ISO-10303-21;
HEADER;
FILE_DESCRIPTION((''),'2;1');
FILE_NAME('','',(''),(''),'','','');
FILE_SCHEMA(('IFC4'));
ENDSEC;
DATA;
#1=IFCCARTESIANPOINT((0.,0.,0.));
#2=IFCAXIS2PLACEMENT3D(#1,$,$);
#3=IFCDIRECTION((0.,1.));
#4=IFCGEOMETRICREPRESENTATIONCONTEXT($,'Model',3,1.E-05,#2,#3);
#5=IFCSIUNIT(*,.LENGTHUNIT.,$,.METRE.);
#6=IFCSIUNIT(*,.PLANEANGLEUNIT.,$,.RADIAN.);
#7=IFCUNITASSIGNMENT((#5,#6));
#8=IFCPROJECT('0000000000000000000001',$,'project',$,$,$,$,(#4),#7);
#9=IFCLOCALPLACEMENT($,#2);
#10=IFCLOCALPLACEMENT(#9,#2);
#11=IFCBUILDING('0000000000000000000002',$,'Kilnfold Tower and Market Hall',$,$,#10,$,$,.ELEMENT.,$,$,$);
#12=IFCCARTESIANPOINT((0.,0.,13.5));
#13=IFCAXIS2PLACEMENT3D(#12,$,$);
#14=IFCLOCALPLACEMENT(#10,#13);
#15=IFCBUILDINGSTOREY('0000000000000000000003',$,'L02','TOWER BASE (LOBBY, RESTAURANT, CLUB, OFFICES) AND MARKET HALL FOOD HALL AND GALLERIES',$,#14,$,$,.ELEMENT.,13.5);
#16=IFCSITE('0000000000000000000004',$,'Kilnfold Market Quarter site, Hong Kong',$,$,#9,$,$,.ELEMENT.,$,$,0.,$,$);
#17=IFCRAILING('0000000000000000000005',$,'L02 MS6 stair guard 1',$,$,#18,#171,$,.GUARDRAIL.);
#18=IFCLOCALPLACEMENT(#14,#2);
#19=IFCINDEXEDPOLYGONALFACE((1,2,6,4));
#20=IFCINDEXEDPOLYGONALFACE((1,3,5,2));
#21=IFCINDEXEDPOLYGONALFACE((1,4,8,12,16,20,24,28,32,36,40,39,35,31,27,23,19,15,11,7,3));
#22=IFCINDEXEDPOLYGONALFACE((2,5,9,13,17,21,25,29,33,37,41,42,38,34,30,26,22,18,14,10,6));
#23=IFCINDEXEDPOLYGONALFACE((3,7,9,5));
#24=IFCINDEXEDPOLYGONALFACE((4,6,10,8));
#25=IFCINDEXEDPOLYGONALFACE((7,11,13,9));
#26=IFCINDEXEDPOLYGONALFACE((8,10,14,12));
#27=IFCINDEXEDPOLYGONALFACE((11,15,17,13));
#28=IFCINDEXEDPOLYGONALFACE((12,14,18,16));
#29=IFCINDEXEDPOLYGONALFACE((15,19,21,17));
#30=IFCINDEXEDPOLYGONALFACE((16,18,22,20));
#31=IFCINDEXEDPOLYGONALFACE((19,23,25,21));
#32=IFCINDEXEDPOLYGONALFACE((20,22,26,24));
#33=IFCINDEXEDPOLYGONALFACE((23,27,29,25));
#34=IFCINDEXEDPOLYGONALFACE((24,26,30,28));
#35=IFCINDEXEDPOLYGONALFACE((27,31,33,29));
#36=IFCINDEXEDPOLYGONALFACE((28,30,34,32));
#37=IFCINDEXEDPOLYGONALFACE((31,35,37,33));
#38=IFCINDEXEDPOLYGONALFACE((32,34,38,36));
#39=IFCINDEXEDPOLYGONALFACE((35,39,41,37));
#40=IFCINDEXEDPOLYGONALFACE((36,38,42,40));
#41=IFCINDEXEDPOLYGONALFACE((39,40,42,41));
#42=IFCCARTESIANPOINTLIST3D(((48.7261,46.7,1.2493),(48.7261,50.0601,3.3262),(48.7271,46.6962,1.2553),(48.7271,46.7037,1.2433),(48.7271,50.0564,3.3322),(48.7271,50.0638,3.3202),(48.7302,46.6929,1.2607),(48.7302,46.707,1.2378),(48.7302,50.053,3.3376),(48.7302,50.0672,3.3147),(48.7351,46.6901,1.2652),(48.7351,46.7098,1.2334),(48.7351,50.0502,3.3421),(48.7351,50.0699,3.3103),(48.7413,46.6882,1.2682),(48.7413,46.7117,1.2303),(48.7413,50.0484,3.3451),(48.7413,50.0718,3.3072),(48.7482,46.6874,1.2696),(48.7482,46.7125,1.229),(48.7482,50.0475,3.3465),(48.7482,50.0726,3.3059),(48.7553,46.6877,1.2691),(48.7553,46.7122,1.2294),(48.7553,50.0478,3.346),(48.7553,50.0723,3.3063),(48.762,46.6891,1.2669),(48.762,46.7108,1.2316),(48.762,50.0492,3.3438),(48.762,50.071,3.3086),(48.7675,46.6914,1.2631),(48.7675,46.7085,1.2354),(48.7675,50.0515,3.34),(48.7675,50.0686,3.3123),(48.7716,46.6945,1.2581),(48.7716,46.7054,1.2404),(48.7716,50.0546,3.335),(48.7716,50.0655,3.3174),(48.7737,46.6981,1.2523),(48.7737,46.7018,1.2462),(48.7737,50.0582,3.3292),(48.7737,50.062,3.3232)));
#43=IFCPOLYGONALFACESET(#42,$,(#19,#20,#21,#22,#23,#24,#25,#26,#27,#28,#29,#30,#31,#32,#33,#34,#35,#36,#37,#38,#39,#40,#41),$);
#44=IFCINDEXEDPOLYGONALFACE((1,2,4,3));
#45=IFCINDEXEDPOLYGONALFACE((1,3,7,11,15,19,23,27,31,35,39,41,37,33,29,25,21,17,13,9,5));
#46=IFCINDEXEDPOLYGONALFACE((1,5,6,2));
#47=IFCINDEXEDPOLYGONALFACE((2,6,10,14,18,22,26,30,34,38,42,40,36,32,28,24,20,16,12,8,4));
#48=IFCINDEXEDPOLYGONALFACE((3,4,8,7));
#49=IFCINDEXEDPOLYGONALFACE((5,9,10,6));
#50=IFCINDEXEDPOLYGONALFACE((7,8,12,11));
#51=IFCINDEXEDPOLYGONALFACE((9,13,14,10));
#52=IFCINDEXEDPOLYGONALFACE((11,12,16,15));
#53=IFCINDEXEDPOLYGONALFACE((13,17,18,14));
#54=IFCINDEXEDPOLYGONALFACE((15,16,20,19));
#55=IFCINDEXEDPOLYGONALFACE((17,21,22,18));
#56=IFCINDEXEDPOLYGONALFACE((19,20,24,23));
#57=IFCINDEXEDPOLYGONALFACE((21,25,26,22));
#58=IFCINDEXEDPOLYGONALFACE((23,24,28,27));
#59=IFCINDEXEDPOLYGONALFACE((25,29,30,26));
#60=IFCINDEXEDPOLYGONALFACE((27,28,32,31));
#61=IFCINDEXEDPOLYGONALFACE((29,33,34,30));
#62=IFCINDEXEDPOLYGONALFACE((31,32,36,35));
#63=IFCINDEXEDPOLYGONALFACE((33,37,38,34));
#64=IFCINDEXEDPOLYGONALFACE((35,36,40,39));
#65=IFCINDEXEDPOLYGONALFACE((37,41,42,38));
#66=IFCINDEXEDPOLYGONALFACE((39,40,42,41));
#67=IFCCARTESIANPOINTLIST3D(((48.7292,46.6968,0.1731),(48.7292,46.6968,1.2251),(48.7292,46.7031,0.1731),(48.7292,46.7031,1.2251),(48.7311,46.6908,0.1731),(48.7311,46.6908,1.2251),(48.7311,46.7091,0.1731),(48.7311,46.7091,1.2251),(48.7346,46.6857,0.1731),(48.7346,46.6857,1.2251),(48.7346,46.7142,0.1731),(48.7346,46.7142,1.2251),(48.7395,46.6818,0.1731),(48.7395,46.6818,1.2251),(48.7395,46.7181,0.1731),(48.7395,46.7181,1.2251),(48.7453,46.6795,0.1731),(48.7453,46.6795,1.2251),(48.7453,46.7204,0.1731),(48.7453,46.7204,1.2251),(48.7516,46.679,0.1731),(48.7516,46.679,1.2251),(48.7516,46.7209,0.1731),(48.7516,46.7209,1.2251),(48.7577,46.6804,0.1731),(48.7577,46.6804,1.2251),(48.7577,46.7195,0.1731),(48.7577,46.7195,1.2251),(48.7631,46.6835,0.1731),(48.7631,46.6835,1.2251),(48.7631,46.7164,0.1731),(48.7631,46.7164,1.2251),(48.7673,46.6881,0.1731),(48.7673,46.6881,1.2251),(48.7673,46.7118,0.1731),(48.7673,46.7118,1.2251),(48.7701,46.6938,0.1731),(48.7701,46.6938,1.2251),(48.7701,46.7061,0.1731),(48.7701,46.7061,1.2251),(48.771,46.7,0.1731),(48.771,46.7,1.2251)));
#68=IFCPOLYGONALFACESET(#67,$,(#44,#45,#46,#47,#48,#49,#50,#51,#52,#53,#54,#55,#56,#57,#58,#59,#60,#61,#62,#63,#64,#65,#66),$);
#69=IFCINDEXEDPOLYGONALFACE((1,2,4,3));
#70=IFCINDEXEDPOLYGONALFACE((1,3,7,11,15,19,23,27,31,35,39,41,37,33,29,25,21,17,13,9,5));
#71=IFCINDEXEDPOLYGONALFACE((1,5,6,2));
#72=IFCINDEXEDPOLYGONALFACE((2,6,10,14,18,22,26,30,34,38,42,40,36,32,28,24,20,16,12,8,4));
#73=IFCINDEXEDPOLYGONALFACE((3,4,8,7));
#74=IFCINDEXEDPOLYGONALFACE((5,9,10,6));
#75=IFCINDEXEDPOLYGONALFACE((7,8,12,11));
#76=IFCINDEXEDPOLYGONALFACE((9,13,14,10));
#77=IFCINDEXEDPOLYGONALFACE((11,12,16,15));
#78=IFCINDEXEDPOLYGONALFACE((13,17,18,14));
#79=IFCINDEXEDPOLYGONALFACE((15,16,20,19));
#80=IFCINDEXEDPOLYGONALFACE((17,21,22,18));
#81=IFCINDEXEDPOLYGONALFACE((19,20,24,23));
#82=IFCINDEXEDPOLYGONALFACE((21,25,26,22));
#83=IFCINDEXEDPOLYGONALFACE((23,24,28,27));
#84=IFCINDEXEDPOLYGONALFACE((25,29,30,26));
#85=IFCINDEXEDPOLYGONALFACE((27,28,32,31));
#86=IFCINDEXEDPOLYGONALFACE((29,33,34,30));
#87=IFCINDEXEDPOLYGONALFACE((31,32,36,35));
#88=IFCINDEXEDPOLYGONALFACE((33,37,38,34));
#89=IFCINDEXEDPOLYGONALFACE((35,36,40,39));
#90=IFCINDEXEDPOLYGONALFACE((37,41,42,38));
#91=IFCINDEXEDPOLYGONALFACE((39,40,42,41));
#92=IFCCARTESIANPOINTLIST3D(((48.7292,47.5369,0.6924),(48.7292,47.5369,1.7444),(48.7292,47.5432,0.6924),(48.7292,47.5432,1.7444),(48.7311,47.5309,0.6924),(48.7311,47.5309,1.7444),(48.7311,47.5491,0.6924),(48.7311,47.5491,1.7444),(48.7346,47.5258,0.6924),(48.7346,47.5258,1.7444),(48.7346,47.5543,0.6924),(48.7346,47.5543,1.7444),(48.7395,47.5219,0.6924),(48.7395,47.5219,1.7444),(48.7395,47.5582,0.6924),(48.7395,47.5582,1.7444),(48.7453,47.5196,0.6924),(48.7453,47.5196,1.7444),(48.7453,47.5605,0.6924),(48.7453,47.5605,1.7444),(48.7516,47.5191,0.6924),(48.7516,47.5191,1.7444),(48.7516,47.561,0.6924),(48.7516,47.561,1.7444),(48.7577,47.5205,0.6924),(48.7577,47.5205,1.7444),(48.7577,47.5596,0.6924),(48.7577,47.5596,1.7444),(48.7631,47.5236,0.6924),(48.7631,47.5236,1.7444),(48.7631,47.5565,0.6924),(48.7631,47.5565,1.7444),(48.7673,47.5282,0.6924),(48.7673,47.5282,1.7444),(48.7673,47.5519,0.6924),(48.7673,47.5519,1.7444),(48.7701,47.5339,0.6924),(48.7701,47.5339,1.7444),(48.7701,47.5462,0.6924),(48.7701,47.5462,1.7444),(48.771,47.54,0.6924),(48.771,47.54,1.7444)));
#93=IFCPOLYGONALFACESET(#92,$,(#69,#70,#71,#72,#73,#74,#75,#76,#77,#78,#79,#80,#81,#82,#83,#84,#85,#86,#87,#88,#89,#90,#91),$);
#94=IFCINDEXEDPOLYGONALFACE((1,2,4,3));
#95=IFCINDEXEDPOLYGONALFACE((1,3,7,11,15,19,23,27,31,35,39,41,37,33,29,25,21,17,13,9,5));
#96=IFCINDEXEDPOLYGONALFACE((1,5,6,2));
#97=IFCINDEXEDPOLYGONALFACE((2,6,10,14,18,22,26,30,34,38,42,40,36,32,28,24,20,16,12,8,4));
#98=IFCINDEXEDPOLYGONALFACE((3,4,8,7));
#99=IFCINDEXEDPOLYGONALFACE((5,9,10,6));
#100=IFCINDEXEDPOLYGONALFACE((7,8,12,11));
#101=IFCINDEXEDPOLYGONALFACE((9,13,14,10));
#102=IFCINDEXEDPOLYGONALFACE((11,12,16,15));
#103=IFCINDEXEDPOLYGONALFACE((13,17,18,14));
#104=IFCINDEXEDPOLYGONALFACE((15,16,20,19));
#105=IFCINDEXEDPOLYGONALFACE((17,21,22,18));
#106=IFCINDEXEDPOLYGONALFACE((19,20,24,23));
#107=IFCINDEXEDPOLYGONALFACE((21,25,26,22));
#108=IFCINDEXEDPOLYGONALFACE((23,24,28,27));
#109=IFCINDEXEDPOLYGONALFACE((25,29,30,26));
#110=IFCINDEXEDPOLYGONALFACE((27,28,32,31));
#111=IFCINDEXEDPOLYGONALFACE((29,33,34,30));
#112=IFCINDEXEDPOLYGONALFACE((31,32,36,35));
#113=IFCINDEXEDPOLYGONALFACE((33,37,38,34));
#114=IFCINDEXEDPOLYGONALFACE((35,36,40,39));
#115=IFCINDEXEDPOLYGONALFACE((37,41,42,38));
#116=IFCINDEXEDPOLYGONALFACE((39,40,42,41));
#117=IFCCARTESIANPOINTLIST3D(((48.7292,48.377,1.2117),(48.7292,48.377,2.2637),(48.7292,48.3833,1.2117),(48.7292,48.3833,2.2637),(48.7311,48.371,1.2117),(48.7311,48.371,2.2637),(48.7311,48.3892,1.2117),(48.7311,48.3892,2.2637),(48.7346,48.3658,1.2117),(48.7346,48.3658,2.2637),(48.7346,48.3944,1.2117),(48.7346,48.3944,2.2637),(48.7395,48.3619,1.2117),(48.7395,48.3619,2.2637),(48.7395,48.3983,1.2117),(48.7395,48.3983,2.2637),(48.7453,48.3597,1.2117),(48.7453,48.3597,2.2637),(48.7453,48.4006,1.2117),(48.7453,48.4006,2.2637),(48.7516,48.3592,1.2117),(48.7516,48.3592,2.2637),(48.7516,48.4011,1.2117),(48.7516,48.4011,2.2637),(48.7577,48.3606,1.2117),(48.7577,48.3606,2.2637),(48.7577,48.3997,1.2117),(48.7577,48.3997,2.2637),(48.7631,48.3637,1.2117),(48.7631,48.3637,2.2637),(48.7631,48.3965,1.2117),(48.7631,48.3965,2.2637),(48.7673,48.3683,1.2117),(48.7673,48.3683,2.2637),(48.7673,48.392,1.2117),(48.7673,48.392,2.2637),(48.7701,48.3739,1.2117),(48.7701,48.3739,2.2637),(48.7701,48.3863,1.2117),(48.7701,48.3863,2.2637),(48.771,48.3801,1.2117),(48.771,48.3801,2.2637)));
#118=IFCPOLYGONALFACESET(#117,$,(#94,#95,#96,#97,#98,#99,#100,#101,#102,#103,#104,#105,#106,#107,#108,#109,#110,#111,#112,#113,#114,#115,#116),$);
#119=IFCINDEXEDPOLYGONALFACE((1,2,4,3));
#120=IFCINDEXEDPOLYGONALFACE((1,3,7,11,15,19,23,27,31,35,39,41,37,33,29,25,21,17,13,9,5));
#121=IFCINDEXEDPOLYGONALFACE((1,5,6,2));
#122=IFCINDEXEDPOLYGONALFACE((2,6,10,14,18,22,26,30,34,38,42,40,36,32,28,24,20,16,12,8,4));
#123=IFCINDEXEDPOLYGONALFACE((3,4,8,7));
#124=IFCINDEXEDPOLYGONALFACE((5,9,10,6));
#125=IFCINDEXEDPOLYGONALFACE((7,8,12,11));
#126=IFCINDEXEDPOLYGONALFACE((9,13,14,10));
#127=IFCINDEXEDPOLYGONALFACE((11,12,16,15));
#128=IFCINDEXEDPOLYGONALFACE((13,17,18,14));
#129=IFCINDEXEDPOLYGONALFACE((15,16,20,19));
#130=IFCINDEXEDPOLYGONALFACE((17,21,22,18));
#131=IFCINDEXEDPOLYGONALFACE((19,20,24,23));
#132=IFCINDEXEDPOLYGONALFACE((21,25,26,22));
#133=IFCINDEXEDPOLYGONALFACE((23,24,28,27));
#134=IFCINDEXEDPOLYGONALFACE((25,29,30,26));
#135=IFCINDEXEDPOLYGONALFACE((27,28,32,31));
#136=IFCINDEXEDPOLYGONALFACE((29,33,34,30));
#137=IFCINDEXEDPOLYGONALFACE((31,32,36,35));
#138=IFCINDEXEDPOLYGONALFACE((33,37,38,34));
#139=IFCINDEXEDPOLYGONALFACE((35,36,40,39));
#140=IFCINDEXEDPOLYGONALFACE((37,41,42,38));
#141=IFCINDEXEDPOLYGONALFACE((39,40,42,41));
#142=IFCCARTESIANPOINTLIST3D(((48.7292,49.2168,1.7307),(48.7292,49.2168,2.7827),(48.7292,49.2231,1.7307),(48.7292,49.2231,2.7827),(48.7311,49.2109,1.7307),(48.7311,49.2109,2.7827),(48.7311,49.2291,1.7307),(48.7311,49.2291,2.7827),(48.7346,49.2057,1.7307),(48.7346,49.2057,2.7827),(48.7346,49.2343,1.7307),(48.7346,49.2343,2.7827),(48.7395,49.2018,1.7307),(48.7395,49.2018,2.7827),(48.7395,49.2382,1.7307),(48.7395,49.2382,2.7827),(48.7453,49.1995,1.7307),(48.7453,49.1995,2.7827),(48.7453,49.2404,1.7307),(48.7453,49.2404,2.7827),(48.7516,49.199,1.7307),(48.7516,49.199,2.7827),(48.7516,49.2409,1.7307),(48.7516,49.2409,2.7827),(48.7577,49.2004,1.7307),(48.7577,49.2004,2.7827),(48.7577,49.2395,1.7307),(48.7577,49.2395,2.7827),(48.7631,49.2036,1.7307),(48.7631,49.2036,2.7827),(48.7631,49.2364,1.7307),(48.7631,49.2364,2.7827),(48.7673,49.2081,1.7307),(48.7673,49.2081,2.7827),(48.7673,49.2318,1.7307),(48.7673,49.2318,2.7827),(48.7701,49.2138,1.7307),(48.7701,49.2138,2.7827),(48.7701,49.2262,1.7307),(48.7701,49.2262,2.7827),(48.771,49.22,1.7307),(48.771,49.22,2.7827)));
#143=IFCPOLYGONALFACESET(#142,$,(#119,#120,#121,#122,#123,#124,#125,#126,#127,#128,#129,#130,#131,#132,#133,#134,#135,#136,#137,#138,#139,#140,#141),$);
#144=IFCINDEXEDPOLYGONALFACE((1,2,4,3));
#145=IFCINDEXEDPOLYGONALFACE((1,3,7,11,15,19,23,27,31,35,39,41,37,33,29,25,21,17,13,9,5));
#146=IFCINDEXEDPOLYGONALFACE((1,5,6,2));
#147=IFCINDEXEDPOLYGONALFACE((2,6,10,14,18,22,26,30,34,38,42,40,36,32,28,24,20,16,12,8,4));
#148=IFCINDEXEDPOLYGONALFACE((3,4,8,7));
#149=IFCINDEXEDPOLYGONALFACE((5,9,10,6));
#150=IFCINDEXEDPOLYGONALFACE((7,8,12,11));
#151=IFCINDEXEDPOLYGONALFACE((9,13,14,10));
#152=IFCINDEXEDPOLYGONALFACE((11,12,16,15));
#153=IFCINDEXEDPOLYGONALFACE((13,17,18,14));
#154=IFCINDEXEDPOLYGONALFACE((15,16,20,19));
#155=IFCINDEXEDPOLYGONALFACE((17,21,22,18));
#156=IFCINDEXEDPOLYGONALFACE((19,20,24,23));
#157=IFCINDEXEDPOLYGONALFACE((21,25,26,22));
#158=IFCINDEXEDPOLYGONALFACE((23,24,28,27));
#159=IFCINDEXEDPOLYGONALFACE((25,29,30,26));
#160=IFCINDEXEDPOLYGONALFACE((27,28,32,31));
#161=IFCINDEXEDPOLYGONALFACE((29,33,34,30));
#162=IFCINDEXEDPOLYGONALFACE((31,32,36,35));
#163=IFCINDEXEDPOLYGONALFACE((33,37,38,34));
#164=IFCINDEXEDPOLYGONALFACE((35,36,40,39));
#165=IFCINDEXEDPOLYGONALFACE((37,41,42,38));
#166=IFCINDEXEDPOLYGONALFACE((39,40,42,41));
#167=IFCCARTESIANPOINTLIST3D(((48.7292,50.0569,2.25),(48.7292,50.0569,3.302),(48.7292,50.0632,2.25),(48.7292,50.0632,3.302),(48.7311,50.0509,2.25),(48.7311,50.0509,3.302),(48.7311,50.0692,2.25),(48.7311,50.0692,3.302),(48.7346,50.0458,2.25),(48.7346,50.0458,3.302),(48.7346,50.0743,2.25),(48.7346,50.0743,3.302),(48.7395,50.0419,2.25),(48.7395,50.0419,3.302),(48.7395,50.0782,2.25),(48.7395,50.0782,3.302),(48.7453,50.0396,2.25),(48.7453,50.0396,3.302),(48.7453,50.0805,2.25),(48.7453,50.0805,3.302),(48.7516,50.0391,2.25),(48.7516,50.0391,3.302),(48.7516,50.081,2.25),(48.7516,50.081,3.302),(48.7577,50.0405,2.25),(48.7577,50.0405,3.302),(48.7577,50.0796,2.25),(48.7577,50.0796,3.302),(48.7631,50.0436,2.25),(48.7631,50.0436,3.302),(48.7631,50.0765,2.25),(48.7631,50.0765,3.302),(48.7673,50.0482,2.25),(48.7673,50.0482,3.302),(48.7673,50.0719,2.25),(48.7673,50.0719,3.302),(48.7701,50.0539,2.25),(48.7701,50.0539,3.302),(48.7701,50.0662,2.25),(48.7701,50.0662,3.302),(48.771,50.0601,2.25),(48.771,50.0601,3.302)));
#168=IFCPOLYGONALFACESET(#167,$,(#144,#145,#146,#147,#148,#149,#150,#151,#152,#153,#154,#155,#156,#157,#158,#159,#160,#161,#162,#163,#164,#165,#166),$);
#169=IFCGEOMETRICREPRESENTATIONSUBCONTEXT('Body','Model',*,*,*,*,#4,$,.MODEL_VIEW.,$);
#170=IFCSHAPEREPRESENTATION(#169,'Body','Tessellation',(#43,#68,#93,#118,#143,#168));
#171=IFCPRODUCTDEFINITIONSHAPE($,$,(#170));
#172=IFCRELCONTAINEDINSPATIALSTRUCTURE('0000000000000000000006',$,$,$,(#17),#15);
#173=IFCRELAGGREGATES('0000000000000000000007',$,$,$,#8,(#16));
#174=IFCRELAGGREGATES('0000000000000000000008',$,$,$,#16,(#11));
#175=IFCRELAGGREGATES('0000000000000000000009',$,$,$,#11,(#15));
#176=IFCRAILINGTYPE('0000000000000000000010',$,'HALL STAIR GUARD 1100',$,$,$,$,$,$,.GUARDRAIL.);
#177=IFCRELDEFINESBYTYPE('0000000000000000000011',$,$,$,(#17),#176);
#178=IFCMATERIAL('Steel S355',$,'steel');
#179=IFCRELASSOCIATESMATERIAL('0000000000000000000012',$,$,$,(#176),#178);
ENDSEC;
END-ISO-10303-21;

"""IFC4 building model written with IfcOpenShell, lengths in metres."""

from ifc_helpers import new_model, si_unit, direction, frame, origin, origin_2d, place, context, subcontext, project, spatial, circle, extrude, material, type_object, element, save


model = new_model("IFC4")

# Units and contexts
model_context = context("Model", 3, precision=1e-05, world=origin(), true_north=direction((0.0, 1.0)))
body_context = subcontext(model_context, "Body", "Model", "MODEL_VIEW")
ifc_project = project(units=[si_unit("LENGTHUNIT", "METRE"), si_unit("PLANEANGLEUNIT", "RADIAN")], contexts=[model_context])

# Site, building, storey
site_placement = place(None, origin())
site = spatial("IfcSite", under=ifc_project, at=site_placement, Name="Kilnfold Market Quarter site, Hong Kong", CompositionType="ELEMENT", RefElevation=0.0)
building_placement = place(site_placement, origin())
building = spatial("IfcBuilding", under=site, at=building_placement, Name="Kilnfold Tower and Market Hall", CompositionType="ELEMENT")
storey_placement = place(building_placement, frame((0.0, 0.0, 13.5)))
storey = spatial("IfcBuildingStorey", under=building, at=storey_placement, Name="L02", Description="TOWER BASE (LOBBY, RESTAURANT, CLUB, OFFICES) AND MARKET HALL FOOD HALL AND GALLERIES", CompositionType="ELEMENT", Elevation=13.5)

# Railing
ifc_material_1 = material(Name="Steel S355", Category="steel")
railing_type_1 = type_object("IfcRailingType", Name="HALL STAIR GUARD 1100", PredefinedType="GUARDRAIL", material=ifc_material_1)
railing_1_placement = place(storey_placement, frame((48.75, 46.7, 0.1731)))
element("IfcRailing", 1, at=railing_1_placement, inside=storey, type_object=railing_type_1, Name="L02 MS6 stair guard 1", PredefinedType="GUARDRAIL", context=body_context, shape_type="SweptSolid", body=[
    extrude(circle(Radius=0.0239, at=origin_2d()), frame((0.0, 0.0, 1.0762), z_axis=(0.0, 0.850623, 0.525776), x_axis=(-1.0, 0.0, 0.0)), (0.0, 0.0, 1.0), 3.9502),
    extrude(circle(Radius=0.021, at=origin_2d()), origin(), (0.0, 0.0, 1.0), 1.052),
    extrude(circle(Radius=0.021, at=origin_2d()), frame((0.0, 0.8401, 0.5193)), (0.0, 0.0, 1.0), 1.052),
    extrude(circle(Radius=0.021, at=origin_2d()), frame((0.0, 1.6802, 1.0386)), (0.0, 0.0, 1.0), 1.052),
    extrude(circle(Radius=0.021, at=origin_2d()), frame((0.0, 2.52, 1.5576)), (0.0, 0.0, 1.0), 1.052),
    extrude(circle(Radius=0.021, at=origin_2d()), frame((0.0, 3.3601, 2.0769)), (0.0, 0.0, 1.0), 1.052),
])

save(model, "model.ifc")
